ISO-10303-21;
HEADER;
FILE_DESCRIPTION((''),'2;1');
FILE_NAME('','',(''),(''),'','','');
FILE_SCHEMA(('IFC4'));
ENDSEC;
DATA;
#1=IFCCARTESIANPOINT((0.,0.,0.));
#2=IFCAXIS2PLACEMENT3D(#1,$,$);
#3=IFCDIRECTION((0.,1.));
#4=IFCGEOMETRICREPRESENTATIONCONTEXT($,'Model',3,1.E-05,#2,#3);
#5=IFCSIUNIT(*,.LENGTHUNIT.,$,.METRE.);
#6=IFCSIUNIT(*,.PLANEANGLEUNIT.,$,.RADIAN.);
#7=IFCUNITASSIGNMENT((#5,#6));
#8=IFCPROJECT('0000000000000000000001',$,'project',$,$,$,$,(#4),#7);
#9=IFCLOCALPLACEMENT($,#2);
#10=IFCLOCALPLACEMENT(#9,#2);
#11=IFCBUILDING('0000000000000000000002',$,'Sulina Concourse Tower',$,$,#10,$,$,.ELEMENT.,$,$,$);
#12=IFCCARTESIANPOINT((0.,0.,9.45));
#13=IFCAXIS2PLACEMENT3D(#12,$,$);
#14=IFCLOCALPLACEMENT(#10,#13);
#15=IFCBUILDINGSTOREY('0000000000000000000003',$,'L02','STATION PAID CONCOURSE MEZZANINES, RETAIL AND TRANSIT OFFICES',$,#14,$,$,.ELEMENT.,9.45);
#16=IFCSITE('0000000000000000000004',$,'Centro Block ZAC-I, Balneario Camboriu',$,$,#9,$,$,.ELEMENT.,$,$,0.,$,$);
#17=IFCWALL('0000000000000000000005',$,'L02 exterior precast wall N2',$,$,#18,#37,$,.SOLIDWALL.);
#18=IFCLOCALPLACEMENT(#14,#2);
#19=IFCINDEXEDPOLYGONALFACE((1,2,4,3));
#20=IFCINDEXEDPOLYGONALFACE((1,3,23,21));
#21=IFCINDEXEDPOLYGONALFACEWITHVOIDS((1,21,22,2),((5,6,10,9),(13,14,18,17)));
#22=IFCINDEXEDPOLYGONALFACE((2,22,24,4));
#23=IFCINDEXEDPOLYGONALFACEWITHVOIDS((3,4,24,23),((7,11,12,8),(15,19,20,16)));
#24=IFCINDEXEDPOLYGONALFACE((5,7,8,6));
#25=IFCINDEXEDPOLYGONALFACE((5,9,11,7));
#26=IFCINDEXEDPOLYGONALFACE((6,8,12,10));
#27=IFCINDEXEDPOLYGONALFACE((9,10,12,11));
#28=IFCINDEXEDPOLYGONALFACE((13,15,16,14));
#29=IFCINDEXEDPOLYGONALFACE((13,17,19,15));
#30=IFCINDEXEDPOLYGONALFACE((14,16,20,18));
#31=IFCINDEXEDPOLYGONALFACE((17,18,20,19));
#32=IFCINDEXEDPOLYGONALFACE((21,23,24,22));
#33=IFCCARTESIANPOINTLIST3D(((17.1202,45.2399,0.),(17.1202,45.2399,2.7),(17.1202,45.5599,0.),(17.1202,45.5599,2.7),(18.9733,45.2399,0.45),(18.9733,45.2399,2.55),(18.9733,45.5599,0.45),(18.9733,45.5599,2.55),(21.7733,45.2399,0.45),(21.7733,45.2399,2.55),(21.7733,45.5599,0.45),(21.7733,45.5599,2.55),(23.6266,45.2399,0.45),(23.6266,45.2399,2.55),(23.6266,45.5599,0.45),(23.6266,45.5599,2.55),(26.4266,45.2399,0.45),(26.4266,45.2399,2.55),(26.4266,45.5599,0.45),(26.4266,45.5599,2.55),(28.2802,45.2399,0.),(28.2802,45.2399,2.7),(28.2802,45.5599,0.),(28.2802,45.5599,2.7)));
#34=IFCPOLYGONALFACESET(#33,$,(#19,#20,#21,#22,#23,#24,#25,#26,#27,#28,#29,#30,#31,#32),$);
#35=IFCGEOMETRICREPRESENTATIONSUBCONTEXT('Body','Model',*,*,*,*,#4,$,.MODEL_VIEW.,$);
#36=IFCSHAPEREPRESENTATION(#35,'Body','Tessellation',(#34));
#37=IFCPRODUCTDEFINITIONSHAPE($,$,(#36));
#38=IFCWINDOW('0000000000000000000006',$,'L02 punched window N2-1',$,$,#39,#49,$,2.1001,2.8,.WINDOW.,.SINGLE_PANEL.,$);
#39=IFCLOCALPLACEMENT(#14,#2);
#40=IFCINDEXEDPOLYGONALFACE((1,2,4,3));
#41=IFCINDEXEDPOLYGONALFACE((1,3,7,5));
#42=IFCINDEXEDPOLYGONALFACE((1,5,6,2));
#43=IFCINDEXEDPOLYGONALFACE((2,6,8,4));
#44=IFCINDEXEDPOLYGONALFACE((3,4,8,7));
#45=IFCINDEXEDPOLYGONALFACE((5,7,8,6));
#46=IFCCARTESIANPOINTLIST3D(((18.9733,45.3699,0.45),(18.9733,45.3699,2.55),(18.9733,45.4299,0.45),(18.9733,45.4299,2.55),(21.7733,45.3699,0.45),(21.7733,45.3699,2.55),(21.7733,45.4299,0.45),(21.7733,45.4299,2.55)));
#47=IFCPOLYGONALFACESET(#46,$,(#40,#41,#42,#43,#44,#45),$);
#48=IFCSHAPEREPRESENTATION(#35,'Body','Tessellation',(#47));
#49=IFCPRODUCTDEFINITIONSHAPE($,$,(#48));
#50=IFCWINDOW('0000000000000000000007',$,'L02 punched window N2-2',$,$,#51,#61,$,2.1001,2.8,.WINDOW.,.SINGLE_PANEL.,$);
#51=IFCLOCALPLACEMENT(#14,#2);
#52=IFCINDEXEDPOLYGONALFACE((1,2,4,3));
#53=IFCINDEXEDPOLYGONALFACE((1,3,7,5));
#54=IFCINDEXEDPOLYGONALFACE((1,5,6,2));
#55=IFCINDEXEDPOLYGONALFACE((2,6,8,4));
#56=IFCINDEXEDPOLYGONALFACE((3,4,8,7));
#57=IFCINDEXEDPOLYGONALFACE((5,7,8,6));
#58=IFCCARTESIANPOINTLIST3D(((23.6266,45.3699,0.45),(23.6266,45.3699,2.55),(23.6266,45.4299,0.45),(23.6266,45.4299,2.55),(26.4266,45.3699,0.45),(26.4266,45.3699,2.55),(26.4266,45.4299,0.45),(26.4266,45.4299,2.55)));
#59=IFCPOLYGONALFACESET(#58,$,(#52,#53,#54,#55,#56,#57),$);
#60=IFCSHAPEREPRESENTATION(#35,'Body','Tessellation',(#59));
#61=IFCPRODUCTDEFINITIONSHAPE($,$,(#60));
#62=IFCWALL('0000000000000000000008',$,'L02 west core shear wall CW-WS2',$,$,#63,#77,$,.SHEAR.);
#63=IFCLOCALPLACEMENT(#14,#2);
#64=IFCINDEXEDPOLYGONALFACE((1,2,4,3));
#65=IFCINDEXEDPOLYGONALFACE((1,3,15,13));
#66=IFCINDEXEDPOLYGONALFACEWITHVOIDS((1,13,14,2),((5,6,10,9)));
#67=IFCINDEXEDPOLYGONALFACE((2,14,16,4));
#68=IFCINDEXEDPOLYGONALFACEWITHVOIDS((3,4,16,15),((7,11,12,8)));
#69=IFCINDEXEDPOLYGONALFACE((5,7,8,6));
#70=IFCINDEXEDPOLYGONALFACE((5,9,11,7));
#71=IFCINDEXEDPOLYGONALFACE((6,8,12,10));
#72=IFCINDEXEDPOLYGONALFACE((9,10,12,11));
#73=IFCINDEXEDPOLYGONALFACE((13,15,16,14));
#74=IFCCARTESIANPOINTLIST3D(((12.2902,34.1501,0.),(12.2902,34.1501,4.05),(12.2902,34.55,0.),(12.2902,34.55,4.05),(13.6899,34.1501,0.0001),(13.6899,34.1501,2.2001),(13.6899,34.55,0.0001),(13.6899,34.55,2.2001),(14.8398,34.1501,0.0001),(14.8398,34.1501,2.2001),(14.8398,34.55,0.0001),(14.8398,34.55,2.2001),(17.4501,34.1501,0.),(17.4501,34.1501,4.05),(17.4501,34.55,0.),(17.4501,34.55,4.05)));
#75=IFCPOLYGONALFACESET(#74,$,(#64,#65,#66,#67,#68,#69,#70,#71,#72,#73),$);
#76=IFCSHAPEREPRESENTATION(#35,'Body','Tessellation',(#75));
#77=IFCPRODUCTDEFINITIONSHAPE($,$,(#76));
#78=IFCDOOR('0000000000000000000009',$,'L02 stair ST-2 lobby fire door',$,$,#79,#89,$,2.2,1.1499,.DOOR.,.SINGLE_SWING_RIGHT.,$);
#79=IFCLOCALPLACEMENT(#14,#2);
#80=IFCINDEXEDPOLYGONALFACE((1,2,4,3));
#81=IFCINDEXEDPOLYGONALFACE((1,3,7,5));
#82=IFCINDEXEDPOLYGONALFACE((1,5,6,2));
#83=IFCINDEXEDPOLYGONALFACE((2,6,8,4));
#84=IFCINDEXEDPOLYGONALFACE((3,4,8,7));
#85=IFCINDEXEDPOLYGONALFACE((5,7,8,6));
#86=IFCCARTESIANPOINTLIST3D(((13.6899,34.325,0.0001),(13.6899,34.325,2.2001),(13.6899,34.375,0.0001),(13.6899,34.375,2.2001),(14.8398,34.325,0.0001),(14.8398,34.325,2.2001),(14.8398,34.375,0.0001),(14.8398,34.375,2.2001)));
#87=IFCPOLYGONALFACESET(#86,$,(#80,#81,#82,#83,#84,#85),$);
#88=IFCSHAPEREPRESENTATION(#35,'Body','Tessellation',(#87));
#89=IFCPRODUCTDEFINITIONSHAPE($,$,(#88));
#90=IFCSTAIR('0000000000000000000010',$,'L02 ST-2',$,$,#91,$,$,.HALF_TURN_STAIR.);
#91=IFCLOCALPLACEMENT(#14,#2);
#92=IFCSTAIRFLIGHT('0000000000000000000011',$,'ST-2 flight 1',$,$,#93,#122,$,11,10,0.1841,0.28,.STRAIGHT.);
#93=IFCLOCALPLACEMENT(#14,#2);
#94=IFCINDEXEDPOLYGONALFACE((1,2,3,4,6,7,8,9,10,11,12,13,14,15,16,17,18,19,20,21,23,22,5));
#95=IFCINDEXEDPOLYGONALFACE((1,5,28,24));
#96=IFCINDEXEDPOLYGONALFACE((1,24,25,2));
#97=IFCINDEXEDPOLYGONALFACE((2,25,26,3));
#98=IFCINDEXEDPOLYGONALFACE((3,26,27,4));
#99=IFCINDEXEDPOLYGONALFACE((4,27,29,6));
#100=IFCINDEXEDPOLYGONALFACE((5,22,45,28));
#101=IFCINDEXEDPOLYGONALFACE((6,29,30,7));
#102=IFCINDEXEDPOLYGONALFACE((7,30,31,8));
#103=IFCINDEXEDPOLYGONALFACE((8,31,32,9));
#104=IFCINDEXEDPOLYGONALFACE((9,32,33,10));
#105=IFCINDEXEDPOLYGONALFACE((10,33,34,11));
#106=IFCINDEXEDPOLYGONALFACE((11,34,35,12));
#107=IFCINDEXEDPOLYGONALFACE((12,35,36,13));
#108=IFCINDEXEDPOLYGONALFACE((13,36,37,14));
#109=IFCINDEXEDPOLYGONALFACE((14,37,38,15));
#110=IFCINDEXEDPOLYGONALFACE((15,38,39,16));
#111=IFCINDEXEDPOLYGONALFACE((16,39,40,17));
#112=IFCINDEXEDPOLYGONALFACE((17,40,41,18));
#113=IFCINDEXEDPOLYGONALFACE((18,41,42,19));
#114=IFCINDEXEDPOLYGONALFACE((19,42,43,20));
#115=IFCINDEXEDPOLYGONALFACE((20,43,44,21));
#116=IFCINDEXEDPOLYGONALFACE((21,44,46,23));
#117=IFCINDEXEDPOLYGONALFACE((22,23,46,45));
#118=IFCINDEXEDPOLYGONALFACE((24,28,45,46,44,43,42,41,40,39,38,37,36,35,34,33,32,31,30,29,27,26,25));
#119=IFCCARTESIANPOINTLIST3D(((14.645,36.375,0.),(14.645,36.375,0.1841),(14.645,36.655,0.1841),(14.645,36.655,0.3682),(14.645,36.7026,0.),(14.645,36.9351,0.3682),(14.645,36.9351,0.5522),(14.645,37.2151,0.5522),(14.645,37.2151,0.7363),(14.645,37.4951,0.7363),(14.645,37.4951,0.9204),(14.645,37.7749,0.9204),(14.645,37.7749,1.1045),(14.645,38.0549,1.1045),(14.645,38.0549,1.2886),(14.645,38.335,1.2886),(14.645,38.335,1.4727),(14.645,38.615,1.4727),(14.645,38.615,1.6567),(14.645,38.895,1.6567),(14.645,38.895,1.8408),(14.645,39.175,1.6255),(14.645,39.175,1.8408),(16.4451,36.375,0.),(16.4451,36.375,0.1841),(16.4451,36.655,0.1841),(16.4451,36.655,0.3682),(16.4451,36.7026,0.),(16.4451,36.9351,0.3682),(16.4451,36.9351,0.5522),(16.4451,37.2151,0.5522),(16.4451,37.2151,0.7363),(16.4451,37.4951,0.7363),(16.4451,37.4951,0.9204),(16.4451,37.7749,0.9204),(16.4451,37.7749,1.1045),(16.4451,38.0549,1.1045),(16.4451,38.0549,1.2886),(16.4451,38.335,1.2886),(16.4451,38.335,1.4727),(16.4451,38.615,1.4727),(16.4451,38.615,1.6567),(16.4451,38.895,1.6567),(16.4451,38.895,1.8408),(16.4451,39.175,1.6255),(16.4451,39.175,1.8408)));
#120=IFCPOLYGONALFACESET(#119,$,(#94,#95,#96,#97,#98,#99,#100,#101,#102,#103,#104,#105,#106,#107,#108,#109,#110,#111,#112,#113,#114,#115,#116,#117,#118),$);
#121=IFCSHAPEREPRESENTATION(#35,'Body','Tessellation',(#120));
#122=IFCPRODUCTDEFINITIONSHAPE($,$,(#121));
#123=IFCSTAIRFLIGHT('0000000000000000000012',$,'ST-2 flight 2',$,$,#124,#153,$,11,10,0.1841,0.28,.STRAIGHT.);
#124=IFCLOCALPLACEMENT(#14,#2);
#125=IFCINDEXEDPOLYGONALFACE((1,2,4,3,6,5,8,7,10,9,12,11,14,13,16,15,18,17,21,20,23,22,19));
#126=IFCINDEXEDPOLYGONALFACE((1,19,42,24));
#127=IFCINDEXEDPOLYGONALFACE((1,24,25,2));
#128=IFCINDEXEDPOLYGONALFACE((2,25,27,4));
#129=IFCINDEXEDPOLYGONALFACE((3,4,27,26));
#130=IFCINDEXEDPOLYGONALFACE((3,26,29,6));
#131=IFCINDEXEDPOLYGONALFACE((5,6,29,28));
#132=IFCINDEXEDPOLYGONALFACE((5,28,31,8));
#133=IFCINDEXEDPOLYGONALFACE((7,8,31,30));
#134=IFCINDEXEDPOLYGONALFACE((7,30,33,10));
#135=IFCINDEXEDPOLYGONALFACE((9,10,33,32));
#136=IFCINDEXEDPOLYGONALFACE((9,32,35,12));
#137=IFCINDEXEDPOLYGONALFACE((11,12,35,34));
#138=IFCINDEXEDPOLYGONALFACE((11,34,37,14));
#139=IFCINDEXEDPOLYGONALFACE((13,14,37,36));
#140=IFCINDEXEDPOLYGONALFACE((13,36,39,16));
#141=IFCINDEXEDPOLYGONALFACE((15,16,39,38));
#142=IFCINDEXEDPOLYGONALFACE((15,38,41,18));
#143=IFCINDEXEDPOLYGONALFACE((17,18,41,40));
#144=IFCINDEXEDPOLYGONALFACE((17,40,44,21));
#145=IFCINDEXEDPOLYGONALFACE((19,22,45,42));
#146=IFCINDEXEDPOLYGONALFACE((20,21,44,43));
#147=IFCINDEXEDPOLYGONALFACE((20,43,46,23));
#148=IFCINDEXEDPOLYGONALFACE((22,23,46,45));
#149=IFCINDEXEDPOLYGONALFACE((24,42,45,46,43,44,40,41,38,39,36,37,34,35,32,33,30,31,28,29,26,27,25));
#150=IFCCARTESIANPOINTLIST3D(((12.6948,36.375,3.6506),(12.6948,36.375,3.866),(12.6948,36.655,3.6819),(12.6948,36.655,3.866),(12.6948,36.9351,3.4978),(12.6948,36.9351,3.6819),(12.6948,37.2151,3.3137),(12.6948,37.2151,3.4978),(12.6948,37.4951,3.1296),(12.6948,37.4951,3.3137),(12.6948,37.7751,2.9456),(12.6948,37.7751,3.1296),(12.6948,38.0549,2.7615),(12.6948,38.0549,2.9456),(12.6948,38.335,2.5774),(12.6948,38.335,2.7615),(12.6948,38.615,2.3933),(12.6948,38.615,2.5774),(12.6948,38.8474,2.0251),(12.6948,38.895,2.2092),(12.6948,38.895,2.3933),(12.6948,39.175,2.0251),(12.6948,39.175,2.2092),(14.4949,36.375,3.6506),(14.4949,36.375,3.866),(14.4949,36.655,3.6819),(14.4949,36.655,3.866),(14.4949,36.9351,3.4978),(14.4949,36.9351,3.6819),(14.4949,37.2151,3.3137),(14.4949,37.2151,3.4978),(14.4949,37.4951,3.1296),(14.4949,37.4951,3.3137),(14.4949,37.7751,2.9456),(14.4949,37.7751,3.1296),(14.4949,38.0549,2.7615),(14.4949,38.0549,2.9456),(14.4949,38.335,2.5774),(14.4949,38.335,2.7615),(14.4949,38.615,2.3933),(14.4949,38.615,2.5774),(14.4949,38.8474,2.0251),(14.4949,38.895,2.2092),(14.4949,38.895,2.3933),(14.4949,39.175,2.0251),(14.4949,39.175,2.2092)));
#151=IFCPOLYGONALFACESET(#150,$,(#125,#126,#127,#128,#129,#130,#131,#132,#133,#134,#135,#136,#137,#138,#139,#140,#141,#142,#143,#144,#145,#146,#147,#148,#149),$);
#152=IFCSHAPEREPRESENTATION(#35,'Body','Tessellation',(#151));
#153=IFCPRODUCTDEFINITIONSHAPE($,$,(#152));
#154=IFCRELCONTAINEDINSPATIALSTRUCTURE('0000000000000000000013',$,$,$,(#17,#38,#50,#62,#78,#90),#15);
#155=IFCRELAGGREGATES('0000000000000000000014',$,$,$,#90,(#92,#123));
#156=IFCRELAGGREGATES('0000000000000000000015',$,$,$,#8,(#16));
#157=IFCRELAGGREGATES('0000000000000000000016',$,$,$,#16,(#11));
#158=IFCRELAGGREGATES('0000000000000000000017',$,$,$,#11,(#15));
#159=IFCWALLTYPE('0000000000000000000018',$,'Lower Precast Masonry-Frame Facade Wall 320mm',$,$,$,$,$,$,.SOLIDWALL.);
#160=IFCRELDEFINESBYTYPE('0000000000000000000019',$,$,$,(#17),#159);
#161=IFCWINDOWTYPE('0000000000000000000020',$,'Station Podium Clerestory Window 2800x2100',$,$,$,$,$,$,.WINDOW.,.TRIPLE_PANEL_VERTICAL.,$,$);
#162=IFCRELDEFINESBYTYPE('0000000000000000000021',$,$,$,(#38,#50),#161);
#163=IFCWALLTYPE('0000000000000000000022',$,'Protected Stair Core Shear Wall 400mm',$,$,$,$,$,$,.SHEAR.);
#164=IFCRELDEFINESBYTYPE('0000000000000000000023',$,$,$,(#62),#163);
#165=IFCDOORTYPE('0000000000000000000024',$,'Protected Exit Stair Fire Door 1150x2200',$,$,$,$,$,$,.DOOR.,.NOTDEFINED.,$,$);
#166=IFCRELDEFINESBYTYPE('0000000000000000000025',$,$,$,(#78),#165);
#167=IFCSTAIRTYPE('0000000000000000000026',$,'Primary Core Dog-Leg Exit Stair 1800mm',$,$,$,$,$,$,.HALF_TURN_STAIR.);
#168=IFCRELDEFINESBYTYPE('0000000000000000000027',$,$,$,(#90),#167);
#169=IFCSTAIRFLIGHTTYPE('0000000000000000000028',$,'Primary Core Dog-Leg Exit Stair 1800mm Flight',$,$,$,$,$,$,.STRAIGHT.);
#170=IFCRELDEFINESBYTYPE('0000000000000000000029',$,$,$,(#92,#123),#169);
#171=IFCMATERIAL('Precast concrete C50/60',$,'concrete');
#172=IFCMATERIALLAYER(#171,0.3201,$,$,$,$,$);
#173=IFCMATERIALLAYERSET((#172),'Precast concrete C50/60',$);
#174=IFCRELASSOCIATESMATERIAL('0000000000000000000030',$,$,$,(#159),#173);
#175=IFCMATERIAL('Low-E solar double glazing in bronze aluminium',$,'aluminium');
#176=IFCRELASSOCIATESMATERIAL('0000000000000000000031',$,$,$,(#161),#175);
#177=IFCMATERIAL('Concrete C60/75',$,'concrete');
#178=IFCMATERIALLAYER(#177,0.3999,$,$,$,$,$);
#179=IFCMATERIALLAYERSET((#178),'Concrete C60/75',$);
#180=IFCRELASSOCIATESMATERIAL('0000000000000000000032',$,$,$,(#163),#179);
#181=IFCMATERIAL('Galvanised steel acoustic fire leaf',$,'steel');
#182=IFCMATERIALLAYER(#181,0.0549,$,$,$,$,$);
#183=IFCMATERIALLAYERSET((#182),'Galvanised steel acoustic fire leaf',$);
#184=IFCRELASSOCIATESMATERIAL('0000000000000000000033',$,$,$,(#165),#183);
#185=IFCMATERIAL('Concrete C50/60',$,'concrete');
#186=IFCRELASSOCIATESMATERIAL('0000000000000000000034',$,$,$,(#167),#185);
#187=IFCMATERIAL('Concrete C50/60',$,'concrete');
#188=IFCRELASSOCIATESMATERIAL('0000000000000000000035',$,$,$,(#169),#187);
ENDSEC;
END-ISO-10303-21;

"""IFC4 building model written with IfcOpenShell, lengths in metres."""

from ifc_helpers import new_model, si_unit, direction, frame, frame_2d, origin, place, context, subcontext, project, spatial, polyline, rectangle, outline, extrude, material, layer, layer_set, type_object, element, fill, aggregate, save


model = new_model("IFC4")

# Units and contexts
model_context = context("Model", 3, precision=1e-05, world=origin(), true_north=direction((0.0, 1.0)))
body_context = subcontext(model_context, "Body", "Model", "MODEL_VIEW")
ifc_project = project(units=[si_unit("LENGTHUNIT", "METRE"), si_unit("PLANEANGLEUNIT", "RADIAN")], contexts=[model_context])

# Site, building, storey
site_placement = place(None, origin())
site = spatial("IfcSite", under=ifc_project, at=site_placement, Name="Centro Block ZAC-I, Balneario Camboriu", CompositionType="ELEMENT", RefElevation=0.0)
building_placement = place(site_placement, origin())
building = spatial("IfcBuilding", under=site, at=building_placement, Name="Sulina Concourse Tower", CompositionType="ELEMENT")
storey_placement = place(building_placement, frame((0.0, 0.0, 9.45)))
storey = spatial("IfcBuildingStorey", under=building, at=storey_placement, Name="L02", Description="STATION PAID CONCOURSE MEZZANINES, RETAIL AND TRANSIT OFFICES", CompositionType="ELEMENT", Elevation=9.45)

# Wall, openings, windows
ifc_material_1 = material(Name="Precast concrete C50/60", Category="concrete")
ifc_layer_1 = layer(ifc_material_1, 0.3201)
ifc_layer_set_1 = layer_set([ifc_layer_1], Name="Precast concrete C50/60")
wall_type_1 = type_object("IfcWallType", Name="Lower Precast Masonry-Frame Facade Wall 320mm", PredefinedType="SOLIDWALL", material=ifc_layer_set_1)
wall_1_placement = place(storey_placement, frame((17.1201, 45.3999, 0.0), z_axis=(0.0, 0.0, 1.0), x_axis=(1.0, 0.0, 0.0)))
wall_1 = element("IfcWall", 1, at=wall_1_placement, inside=storey, type_object=wall_type_1, Name="L02 exterior precast wall N2", PredefinedType="SOLIDWALL", context=body_context, shape_type="SweptSolid", body=[
    extrude(rectangle(XDim=11.1599, YDim=0.3201, at=frame_2d((5.5801, 0.0))), origin(), (0.0, 0.0, 1.0), 2.7),
])
opening_1_placement = place(wall_1_placement, frame((1.8533, 0.0, 0.45)))
opening_1 = element("IfcOpeningElement", 2, at=opening_1_placement, cuts=wall_1, PredefinedType="OPENING", context=body_context, shape_type="SweptSolid", body=[
    extrude(rectangle(XDim=2.8, YDim=2.1001, at=frame_2d((1.3999, 1.05))), frame((0.0, 0.1699, 0.0), z_axis=(0.0, -1.0, 0.0), x_axis=(1.0, 0.0, 0.0)), (0.0, 0.0, 1.0), 0.3401),
])
opening_2_placement = place(wall_1_placement, frame((6.5066, 0.0, 0.45)))
opening_2 = element("IfcOpeningElement", 3, at=opening_2_placement, cuts=wall_1, PredefinedType="OPENING", context=body_context, shape_type="SweptSolid", body=[
    extrude(rectangle(XDim=2.8, YDim=2.1001, at=frame_2d((1.3999, 1.05))), frame((0.0, 0.1699, 0.0), z_axis=(0.0, -1.0, 0.0), x_axis=(1.0, 0.0, 0.0)), (0.0, 0.0, 1.0), 0.3401),
])
ifc_material_2 = material(Name="Low-E solar double glazing in bronze aluminium", Category="aluminium")
window_type = type_object("IfcWindowType", Name="Station Podium Clerestory Window 2800x2100", PartitioningType="TRIPLE_PANEL_VERTICAL", PredefinedType="WINDOW", material=ifc_material_2)
window_1_placement = place(opening_1_placement, origin())
window_1 = element("IfcWindow", 4, at=window_1_placement, inside=storey, type_object=window_type, Name="L02 punched window N2-1", OverallHeight=2.1001, OverallWidth=2.8, PartitioningType="SINGLE_PANEL", PredefinedType="WINDOW", context=body_context, shape_type="SweptSolid", body=[
    extrude(rectangle(XDim=2.8, YDim=2.1001, at=frame_2d((1.3999, 1.05))), frame((0.0, 0.03, 0.0), z_axis=(0.0, -1.0, 0.0), x_axis=(1.0, 0.0, 0.0)), (0.0, 0.0, 1.0), 0.0601),
])
fill(opening_1, window_1)
window_2_placement = place(opening_2_placement, origin())
window_2 = element("IfcWindow", 5, at=window_2_placement, inside=storey, type_object=window_type, Name="L02 punched window N2-2", OverallHeight=2.1001, OverallWidth=2.8, PartitioningType="SINGLE_PANEL", PredefinedType="WINDOW", context=body_context, shape_type="SweptSolid", body=[
    extrude(rectangle(XDim=2.8, YDim=2.1001, at=frame_2d((1.3999, 1.05))), frame((0.0, 0.03, 0.0), z_axis=(0.0, -1.0, 0.0), x_axis=(1.0, 0.0, 0.0)), (0.0, 0.0, 1.0), 0.0601),
])
fill(opening_2, window_2)

# Wall, opening, door
ifc_material_3 = material(Name="Concrete C60/75", Category="concrete")
ifc_layer_2 = layer(ifc_material_3, 0.3999)
ifc_layer_set_2 = layer_set([ifc_layer_2], Name="Concrete C60/75")
wall_type_2 = type_object("IfcWallType", Name="Protected Stair Core Shear Wall 400mm", PredefinedType="SHEAR", material=ifc_layer_set_2)
wall_2_placement = place(storey_placement, frame((12.29, 34.3501, 0.0), z_axis=(0.0, 0.0, 1.0), x_axis=(1.0, 0.0, 0.0)))
wall_2 = element("IfcWall", 6, at=wall_2_placement, inside=storey, type_object=wall_type_2, Name="L02 west core shear wall CW-WS2", PredefinedType="SHEAR", context=body_context, shape_type="SweptSolid", body=[
    extrude(rectangle(XDim=5.1599, YDim=0.3999, at=frame_2d((2.5801, 0.0))), origin(), (0.0, 0.0, 1.0), 4.05),
])
opening_3_placement = place(wall_2_placement, frame((1.3999, 0.0, 0.0)))
opening_3 = element("IfcOpeningElement", 7, at=opening_3_placement, cuts=wall_2, PredefinedType="OPENING", context=body_context, shape_type="SweptSolid", body=[
    extrude(rectangle(XDim=1.1499, YDim=2.2, at=frame_2d((0.575, 1.1001))), frame((0.0, 0.21, 0.0), z_axis=(0.0, -1.0, 0.0), x_axis=(1.0, 0.0, 0.0)), (0.0, 0.0, 1.0), 0.4199),
])
ifc_material_4 = material(Name="Galvanised steel acoustic fire leaf", Category="steel")
ifc_layer_3 = layer(ifc_material_4, 0.0549)
ifc_layer_set_3 = layer_set([ifc_layer_3], Name="Galvanised steel acoustic fire leaf")
door_type_1 = type_object("IfcDoorType", Name="Protected Exit Stair Fire Door 1150x2200", OperationType="NOTDEFINED", PredefinedType="DOOR", material=ifc_layer_set_3)
door_1_placement = place(opening_3_placement, origin())
door_1 = element("IfcDoor", 8, at=door_1_placement, inside=storey, type_object=door_type_1, Name="L02 stair ST-2 lobby fire door", OperationType="SINGLE_SWING_RIGHT", OverallHeight=2.2, OverallWidth=1.1499, PredefinedType="DOOR", context=body_context, shape_type="SweptSolid", body=[
    extrude(rectangle(XDim=1.1499, YDim=2.2, at=frame_2d((0.575, 1.1001))), frame((0.0, 0.0249, 0.0), z_axis=(0.0, -1.0, 0.0), x_axis=(1.0, 0.0, 0.0)), (0.0, 0.0, 1.0), 0.05),
])
fill(opening_3, door_1)

# Stair, stair flights
ifc_material_5 = material(Name="Concrete C50/60", Category="concrete")
stair_type = type_object("IfcStairType", Name="Primary Core Dog-Leg Exit Stair 1800mm", PredefinedType="HALF_TURN_STAIR", material=ifc_material_5)
stair_placement = place(storey_placement, origin())
stair = element("IfcStair", 9, at=stair_placement, inside=storey, type_object=stair_type, Name="L02 ST-2", PredefinedType="HALF_TURN_STAIR")
ifc_material_6 = material(Name="Concrete C50/60", Category="concrete")
stair_flight_type = type_object("IfcStairFlightType", Name="Primary Core Dog-Leg Exit Stair 1800mm Flight", PredefinedType="STRAIGHT", material=ifc_material_6)
stair_flight_1_placement = place(storey_placement, frame((15.5449, 36.375, 0.0), z_axis=(0.0, 0.0, 1.0), x_axis=(0.0, 1.0, 0.0)))
stair_flight_1 = element("IfcStairFlight", 10, at=stair_flight_1_placement, type_object=stair_flight_type, Name="ST-2 flight 1", NumberOfRisers=11, NumberOfTreads=10, PredefinedType="STRAIGHT", RiserHeight=0.1841, TreadLength=0.28, context=body_context, shape_type="SweptSolid", body=[
    extrude(outline(polyline([(0.0, 0.0), (0.0, 0.1841), (0.28, 0.1841), (0.28, 0.3682), (0.5601, 0.3682), (0.5601, 0.5522), (0.8401, 0.5522), (0.8401, 0.7363), (1.1201, 0.7363), (1.1201, 0.9204), (1.3999, 0.9204), (1.3999, 1.1045), (1.6799, 1.1045), (1.6799, 1.2886), (1.96, 1.2886), (1.96, 1.4727), (2.24, 1.4727), (2.24, 1.6567), (2.52, 1.6567), (2.52, 1.8408), (2.8, 1.8408), (2.8, 2.0249), (2.8, 1.6255), (0.3276, 0.0), (0.0, 0.0)])), frame((0.0, 0.8999, 0.0), z_axis=(0.0, -1.0, 0.0), x_axis=(1.0, 0.0, 0.0)), (0.0, 0.0, 1.0), 1.8),
])
stair_flight_2_placement = place(storey_placement, frame((13.595, 39.175, 2.0251), z_axis=(0.0, 0.0, 1.0), x_axis=(0.0, -1.0, 0.0)))
stair_flight_2 = element("IfcStairFlight", 11, at=stair_flight_2_placement, type_object=stair_flight_type, Name="ST-2 flight 2", NumberOfRisers=11, NumberOfTreads=10, PredefinedType="STRAIGHT", RiserHeight=0.1841, TreadLength=0.28, context=body_context, shape_type="SweptSolid", body=[
    extrude(outline(polyline([(0.0, 0.0), (0.0, 0.1841), (0.28, 0.1841), (0.28, 0.3682), (0.5601, 0.3682), (0.5601, 0.5522), (0.8401, 0.5522), (0.8401, 0.7363), (1.1201, 0.7363), (1.1201, 0.9204), (1.3999, 0.9204), (1.3999, 1.1045), (1.6799, 1.1045), (1.6799, 1.2886), (1.96, 1.2886), (1.96, 1.4727), (2.24, 1.4727), (2.24, 1.6567), (2.52, 1.6567), (2.52, 1.8408), (2.8, 1.8408), (2.8, 2.0249), (2.8, 1.6255), (0.3276, 0.0), (0.0, 0.0)])), frame((0.0, 0.8999, 0.0), z_axis=(0.0, -1.0, 0.0), x_axis=(1.0, 0.0, 0.0)), (0.0, 0.0, 1.0), 1.8),
])
aggregate(stair, [stair_flight_1, stair_flight_2])

save(model, "model.ifc")
